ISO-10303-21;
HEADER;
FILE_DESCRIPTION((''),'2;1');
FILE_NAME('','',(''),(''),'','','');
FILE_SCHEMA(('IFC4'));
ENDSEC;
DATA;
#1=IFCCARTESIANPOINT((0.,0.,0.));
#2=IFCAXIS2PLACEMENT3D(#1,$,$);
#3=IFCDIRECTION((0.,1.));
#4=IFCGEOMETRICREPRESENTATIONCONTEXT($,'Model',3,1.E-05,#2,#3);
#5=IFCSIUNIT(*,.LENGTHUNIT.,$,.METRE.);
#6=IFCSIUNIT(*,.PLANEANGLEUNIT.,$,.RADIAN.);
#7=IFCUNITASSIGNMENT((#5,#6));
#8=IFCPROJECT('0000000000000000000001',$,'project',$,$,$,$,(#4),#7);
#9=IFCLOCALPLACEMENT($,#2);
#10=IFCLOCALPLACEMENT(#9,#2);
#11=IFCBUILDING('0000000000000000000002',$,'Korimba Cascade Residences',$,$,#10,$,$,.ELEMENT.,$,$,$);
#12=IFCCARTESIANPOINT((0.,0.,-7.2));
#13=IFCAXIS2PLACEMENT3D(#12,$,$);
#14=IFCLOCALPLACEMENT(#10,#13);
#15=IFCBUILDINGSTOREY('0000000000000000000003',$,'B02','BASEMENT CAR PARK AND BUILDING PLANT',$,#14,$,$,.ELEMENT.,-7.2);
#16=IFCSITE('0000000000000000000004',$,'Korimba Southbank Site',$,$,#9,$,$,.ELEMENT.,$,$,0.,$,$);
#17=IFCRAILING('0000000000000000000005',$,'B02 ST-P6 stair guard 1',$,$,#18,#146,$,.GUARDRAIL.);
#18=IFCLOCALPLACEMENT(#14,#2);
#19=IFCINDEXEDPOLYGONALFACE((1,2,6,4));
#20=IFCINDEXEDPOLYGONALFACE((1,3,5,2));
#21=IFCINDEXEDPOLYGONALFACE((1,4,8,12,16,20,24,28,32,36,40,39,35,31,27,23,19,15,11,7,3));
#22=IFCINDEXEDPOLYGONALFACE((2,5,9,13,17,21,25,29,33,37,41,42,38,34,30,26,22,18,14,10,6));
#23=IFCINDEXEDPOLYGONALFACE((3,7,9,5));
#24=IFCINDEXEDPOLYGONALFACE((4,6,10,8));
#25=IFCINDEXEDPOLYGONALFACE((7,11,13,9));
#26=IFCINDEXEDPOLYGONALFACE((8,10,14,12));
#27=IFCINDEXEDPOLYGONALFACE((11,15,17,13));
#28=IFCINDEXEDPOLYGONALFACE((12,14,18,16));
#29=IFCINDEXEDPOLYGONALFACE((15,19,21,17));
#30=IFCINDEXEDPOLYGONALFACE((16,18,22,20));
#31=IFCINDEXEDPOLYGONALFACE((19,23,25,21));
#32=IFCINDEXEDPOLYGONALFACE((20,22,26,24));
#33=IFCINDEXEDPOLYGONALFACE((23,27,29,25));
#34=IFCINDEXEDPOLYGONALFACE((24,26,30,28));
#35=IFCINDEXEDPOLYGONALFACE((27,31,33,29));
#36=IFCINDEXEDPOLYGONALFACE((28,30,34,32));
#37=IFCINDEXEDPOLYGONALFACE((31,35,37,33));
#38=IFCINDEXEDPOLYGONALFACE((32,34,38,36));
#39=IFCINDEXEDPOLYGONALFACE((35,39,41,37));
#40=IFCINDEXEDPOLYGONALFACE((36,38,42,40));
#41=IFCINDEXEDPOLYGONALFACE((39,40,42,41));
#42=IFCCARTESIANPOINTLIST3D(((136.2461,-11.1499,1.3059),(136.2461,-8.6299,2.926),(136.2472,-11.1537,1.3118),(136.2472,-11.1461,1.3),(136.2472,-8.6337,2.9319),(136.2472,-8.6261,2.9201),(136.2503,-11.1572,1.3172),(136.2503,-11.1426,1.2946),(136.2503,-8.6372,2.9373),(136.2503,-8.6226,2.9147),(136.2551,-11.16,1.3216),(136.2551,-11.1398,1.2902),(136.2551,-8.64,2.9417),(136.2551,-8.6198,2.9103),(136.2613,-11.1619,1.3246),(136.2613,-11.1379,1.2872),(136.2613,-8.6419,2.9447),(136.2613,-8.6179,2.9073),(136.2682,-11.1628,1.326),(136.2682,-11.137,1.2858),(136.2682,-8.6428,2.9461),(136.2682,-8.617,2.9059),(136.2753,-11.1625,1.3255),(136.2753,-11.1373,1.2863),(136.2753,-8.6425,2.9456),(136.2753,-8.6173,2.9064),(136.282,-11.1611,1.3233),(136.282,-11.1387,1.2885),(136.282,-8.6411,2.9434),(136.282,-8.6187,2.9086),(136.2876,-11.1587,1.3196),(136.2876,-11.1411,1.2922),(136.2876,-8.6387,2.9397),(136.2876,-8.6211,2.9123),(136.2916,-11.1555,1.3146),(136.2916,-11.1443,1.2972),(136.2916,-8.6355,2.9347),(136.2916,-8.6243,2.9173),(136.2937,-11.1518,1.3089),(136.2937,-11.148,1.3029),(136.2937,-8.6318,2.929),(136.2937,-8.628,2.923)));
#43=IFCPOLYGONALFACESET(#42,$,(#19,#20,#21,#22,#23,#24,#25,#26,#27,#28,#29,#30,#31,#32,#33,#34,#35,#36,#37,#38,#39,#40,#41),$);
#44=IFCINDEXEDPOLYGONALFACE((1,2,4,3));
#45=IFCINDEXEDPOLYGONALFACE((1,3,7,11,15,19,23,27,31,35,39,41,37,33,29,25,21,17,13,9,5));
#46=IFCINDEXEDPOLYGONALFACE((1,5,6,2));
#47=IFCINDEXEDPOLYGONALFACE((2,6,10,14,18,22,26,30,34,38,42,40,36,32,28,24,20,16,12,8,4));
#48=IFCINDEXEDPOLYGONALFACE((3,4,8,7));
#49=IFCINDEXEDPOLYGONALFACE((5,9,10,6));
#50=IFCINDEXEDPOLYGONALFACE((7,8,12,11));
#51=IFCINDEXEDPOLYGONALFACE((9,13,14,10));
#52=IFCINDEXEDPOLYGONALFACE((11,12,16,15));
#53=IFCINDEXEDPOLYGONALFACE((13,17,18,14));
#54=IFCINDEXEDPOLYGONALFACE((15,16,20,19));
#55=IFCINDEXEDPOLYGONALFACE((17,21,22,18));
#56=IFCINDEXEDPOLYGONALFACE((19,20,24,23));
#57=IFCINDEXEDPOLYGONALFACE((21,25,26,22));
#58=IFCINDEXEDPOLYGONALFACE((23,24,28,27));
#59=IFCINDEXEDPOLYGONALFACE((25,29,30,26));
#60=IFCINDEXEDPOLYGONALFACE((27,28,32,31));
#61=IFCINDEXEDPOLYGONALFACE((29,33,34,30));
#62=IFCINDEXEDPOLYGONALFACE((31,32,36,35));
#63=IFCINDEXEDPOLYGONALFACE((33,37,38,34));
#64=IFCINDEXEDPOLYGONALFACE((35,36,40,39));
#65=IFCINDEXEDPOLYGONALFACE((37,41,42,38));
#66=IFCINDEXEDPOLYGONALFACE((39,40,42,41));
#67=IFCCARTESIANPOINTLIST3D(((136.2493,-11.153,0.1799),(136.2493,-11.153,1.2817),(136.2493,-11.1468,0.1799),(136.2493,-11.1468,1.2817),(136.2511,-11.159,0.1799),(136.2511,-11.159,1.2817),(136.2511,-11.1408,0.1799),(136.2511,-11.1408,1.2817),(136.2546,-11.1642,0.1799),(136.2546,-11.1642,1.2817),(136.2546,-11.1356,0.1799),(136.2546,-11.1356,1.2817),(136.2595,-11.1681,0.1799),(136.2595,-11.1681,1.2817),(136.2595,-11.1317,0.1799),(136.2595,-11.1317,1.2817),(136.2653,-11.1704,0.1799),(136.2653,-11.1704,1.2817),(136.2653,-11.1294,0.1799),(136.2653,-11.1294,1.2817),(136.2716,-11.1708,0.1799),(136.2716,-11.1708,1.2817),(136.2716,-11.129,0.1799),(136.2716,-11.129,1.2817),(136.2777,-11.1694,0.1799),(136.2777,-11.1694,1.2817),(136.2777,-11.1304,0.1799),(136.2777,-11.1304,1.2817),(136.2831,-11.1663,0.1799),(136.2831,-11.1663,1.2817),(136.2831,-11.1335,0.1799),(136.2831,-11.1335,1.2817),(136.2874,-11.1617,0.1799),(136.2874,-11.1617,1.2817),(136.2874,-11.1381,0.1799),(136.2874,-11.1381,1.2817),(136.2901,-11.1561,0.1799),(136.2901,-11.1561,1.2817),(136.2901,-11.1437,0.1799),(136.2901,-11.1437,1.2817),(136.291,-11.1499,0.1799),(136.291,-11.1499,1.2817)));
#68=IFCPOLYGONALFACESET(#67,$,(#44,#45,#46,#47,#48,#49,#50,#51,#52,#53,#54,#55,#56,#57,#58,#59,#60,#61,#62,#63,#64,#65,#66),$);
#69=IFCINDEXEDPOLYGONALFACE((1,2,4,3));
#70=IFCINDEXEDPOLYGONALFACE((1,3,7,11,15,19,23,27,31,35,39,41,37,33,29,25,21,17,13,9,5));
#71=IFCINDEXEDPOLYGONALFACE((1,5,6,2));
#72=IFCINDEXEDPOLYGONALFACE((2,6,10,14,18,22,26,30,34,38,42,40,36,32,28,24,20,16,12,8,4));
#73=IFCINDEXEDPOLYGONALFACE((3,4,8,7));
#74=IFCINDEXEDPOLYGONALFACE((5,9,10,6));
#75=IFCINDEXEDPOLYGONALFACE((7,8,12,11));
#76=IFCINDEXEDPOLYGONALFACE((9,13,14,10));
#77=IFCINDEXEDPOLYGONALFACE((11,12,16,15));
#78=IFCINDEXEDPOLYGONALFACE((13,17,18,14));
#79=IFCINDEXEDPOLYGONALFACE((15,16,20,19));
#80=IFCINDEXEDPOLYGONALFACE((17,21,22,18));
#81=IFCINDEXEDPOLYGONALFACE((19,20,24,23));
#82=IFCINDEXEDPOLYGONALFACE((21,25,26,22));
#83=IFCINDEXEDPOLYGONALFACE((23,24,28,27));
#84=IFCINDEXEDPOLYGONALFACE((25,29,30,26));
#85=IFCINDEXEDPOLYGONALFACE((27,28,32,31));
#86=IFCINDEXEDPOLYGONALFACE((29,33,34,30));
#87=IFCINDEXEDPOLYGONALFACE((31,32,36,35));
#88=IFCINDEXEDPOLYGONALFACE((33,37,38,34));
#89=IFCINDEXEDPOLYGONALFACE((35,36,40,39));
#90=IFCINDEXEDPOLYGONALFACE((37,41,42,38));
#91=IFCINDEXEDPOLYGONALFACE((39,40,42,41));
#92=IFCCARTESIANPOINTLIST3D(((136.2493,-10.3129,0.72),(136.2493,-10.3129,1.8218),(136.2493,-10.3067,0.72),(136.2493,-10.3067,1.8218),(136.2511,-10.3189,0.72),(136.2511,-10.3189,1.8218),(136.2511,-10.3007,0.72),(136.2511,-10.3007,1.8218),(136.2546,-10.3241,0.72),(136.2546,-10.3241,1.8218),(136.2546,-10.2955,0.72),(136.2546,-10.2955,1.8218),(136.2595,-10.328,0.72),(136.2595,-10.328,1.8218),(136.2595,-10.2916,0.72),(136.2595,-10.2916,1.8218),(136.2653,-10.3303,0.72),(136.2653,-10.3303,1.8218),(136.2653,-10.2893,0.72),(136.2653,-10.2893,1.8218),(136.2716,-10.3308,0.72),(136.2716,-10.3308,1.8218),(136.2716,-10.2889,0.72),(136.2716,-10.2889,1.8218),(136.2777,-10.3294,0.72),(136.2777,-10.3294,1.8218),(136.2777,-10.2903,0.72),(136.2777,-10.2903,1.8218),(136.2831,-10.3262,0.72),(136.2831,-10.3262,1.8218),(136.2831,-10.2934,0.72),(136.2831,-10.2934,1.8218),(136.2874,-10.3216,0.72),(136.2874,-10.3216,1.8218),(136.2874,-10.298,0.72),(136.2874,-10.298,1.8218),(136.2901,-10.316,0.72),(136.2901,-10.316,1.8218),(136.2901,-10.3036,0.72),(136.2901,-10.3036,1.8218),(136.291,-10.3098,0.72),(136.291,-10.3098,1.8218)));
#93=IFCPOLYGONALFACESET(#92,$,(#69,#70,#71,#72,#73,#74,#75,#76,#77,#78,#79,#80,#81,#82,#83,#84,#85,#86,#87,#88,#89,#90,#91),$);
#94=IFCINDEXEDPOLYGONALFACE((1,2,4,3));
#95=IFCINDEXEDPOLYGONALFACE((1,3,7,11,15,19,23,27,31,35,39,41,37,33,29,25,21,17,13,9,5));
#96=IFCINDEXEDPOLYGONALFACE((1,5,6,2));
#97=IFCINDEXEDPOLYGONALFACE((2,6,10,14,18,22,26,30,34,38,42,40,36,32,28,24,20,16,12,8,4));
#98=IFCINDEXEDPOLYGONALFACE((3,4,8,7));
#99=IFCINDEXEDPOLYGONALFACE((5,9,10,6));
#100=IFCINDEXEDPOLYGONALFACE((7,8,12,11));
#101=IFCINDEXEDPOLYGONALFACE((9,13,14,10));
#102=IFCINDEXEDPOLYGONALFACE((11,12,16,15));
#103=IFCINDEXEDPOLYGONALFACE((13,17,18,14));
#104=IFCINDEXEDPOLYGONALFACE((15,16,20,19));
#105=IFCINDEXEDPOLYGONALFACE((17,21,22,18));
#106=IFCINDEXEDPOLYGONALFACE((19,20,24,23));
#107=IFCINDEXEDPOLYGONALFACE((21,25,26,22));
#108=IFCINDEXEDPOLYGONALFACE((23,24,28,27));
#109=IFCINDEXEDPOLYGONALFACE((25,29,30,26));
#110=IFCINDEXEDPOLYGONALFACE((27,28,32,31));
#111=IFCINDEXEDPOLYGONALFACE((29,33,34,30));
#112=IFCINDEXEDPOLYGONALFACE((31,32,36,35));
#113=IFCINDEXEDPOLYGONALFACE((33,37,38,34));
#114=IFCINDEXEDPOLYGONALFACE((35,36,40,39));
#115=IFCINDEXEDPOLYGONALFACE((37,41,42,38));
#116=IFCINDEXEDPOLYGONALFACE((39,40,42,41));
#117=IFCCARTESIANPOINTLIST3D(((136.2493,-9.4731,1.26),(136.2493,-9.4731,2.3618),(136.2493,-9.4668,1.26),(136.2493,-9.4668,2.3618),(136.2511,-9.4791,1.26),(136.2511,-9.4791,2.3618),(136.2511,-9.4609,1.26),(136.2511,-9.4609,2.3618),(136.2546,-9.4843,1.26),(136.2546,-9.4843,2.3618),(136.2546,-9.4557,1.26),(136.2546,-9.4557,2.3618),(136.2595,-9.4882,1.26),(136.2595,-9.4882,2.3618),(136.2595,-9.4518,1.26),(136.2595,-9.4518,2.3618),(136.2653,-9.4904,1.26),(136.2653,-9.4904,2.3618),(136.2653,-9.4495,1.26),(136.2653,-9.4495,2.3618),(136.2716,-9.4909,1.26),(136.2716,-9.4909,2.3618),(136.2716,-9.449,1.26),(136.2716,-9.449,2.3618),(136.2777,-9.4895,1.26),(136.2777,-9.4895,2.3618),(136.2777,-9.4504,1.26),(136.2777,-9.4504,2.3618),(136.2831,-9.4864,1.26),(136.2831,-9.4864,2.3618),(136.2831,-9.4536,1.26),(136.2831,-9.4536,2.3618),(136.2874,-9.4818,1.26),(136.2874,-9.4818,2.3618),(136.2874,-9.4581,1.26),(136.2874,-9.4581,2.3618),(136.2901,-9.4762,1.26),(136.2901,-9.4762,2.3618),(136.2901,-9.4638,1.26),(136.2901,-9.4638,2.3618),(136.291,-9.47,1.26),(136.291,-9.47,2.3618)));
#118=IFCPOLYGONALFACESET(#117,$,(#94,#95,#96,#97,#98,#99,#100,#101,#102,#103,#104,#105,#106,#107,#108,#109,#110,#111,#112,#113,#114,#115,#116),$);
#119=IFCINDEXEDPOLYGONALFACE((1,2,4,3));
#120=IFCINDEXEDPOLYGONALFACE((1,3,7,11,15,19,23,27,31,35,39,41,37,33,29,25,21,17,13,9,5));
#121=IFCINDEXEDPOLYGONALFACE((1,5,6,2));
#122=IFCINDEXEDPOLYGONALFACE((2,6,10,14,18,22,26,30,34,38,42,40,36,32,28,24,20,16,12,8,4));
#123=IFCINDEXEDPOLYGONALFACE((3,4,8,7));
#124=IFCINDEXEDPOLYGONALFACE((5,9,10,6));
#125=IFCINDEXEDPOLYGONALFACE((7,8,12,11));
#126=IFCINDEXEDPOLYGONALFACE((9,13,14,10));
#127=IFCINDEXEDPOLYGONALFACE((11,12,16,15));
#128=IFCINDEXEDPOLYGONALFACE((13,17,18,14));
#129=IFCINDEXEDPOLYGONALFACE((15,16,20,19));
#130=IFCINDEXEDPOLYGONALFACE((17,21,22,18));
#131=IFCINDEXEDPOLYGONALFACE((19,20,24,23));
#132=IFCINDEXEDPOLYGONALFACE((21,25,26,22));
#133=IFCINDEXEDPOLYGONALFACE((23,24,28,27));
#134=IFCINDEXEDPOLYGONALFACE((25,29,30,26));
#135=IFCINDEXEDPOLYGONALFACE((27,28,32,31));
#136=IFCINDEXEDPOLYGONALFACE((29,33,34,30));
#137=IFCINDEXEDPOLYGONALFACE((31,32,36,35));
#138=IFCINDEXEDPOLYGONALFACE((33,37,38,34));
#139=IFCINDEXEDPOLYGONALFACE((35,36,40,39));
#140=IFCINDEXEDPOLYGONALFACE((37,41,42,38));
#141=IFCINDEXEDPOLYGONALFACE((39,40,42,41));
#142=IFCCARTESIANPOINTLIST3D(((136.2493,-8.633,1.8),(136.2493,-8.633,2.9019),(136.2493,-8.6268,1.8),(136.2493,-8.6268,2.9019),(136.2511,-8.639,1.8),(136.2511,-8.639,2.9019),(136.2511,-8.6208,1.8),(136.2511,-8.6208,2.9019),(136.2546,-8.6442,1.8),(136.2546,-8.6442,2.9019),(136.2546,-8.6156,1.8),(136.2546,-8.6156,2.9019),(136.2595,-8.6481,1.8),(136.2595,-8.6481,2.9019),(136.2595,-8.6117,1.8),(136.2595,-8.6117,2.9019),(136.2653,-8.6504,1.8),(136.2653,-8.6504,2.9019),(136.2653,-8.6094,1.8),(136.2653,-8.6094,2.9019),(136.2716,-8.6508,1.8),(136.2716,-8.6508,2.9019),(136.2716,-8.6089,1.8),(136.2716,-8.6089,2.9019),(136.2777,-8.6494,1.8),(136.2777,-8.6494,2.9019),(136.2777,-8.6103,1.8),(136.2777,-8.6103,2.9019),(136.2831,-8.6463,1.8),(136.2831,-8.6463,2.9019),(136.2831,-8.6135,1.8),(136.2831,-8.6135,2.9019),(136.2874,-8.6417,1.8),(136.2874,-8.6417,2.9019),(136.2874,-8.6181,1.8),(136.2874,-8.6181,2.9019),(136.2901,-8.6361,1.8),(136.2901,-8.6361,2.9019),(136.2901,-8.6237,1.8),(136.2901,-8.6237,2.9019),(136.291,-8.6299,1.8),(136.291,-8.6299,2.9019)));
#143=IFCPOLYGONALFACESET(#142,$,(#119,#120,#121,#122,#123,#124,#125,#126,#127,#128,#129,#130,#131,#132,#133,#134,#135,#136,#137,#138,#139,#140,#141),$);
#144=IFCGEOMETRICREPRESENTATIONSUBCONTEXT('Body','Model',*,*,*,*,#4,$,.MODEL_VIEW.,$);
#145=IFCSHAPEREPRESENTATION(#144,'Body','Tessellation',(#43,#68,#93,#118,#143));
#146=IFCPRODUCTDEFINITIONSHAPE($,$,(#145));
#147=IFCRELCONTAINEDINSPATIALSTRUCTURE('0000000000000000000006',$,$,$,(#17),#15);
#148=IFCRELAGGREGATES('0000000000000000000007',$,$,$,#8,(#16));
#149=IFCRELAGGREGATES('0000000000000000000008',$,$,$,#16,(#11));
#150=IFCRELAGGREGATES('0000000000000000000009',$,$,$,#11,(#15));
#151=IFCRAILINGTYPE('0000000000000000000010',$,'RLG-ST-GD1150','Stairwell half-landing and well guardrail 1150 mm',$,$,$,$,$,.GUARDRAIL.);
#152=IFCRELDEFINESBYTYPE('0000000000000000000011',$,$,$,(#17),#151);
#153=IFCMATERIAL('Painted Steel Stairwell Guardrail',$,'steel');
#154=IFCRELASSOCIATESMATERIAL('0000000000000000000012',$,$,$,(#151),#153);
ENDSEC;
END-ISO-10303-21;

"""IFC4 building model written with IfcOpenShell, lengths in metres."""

from ifc_helpers import new_model, si_unit, direction, frame, origin, origin_2d, place, context, subcontext, project, spatial, circle, extrude, material, type_object, element, save


model = new_model("IFC4")

# Units and contexts
model_context = context("Model", 3, precision=1e-05, world=origin(), true_north=direction((0.0, 1.0)))
body_context = subcontext(model_context, "Body", "Model", "MODEL_VIEW")
ifc_project = project(units=[si_unit("LENGTHUNIT", "METRE"), si_unit("PLANEANGLEUNIT", "RADIAN")], contexts=[model_context])

# Site, building, storey
site_placement = place(None, origin())
site = spatial("IfcSite", under=ifc_project, at=site_placement, Name="Korimba Southbank Site", CompositionType="ELEMENT", RefElevation=0.0)
building_placement = place(site_placement, origin())
building = spatial("IfcBuilding", under=site, at=building_placement, Name="Korimba Cascade Residences", CompositionType="ELEMENT")
storey_placement = place(building_placement, frame((0.0, 0.0, -7.2)))
storey = spatial("IfcBuildingStorey", under=building, at=storey_placement, Name="B02", Description="BASEMENT CAR PARK AND BUILDING PLANT", CompositionType="ELEMENT", Elevation=-7.2)

# Railing
ifc_material_1 = material(Name="Painted Steel Stairwell Guardrail", Category="steel")
railing_type_1 = type_object("IfcRailingType", Name="RLG-ST-GD1150", Description="Stairwell half-landing and well guardrail 1150 mm", PredefinedType="GUARDRAIL", material=ifc_material_1)
railing_1_placement = place(storey_placement, frame((136.27, -11.1499, 0.1799)))
element("IfcRailing", 1, at=railing_1_placement, inside=storey, type_object=railing_type_1, Name="B02 ST-P6 stair guard 1", PredefinedType="GUARDRAIL", context=body_context, shape_type="SweptSolid", body=[
    extrude(circle(Radius=0.0239, at=origin_2d()), frame((0.0, 0.0, 1.126), z_axis=(0.0, 0.841163, 0.540782), x_axis=(-1.0, 0.0, 0.0)), (0.0, 0.0, 1.0), 2.9958),
    extrude(circle(Radius=0.021, at=origin_2d()), origin(), (0.0, 0.0, 1.0), 1.1018),
    extrude(circle(Radius=0.021, at=origin_2d()), frame((0.0, 0.8401, 0.54)), (0.0, 0.0, 1.0), 1.1018),
    extrude(circle(Radius=0.021, at=origin_2d()), frame((0.0, 1.6799, 1.0801)), (0.0, 0.0, 1.0), 1.1018),
    extrude(circle(Radius=0.021, at=origin_2d()), frame((0.0, 2.52, 1.6201)), (0.0, 0.0, 1.0), 1.1018),
])

save(model, "model.ifc")
